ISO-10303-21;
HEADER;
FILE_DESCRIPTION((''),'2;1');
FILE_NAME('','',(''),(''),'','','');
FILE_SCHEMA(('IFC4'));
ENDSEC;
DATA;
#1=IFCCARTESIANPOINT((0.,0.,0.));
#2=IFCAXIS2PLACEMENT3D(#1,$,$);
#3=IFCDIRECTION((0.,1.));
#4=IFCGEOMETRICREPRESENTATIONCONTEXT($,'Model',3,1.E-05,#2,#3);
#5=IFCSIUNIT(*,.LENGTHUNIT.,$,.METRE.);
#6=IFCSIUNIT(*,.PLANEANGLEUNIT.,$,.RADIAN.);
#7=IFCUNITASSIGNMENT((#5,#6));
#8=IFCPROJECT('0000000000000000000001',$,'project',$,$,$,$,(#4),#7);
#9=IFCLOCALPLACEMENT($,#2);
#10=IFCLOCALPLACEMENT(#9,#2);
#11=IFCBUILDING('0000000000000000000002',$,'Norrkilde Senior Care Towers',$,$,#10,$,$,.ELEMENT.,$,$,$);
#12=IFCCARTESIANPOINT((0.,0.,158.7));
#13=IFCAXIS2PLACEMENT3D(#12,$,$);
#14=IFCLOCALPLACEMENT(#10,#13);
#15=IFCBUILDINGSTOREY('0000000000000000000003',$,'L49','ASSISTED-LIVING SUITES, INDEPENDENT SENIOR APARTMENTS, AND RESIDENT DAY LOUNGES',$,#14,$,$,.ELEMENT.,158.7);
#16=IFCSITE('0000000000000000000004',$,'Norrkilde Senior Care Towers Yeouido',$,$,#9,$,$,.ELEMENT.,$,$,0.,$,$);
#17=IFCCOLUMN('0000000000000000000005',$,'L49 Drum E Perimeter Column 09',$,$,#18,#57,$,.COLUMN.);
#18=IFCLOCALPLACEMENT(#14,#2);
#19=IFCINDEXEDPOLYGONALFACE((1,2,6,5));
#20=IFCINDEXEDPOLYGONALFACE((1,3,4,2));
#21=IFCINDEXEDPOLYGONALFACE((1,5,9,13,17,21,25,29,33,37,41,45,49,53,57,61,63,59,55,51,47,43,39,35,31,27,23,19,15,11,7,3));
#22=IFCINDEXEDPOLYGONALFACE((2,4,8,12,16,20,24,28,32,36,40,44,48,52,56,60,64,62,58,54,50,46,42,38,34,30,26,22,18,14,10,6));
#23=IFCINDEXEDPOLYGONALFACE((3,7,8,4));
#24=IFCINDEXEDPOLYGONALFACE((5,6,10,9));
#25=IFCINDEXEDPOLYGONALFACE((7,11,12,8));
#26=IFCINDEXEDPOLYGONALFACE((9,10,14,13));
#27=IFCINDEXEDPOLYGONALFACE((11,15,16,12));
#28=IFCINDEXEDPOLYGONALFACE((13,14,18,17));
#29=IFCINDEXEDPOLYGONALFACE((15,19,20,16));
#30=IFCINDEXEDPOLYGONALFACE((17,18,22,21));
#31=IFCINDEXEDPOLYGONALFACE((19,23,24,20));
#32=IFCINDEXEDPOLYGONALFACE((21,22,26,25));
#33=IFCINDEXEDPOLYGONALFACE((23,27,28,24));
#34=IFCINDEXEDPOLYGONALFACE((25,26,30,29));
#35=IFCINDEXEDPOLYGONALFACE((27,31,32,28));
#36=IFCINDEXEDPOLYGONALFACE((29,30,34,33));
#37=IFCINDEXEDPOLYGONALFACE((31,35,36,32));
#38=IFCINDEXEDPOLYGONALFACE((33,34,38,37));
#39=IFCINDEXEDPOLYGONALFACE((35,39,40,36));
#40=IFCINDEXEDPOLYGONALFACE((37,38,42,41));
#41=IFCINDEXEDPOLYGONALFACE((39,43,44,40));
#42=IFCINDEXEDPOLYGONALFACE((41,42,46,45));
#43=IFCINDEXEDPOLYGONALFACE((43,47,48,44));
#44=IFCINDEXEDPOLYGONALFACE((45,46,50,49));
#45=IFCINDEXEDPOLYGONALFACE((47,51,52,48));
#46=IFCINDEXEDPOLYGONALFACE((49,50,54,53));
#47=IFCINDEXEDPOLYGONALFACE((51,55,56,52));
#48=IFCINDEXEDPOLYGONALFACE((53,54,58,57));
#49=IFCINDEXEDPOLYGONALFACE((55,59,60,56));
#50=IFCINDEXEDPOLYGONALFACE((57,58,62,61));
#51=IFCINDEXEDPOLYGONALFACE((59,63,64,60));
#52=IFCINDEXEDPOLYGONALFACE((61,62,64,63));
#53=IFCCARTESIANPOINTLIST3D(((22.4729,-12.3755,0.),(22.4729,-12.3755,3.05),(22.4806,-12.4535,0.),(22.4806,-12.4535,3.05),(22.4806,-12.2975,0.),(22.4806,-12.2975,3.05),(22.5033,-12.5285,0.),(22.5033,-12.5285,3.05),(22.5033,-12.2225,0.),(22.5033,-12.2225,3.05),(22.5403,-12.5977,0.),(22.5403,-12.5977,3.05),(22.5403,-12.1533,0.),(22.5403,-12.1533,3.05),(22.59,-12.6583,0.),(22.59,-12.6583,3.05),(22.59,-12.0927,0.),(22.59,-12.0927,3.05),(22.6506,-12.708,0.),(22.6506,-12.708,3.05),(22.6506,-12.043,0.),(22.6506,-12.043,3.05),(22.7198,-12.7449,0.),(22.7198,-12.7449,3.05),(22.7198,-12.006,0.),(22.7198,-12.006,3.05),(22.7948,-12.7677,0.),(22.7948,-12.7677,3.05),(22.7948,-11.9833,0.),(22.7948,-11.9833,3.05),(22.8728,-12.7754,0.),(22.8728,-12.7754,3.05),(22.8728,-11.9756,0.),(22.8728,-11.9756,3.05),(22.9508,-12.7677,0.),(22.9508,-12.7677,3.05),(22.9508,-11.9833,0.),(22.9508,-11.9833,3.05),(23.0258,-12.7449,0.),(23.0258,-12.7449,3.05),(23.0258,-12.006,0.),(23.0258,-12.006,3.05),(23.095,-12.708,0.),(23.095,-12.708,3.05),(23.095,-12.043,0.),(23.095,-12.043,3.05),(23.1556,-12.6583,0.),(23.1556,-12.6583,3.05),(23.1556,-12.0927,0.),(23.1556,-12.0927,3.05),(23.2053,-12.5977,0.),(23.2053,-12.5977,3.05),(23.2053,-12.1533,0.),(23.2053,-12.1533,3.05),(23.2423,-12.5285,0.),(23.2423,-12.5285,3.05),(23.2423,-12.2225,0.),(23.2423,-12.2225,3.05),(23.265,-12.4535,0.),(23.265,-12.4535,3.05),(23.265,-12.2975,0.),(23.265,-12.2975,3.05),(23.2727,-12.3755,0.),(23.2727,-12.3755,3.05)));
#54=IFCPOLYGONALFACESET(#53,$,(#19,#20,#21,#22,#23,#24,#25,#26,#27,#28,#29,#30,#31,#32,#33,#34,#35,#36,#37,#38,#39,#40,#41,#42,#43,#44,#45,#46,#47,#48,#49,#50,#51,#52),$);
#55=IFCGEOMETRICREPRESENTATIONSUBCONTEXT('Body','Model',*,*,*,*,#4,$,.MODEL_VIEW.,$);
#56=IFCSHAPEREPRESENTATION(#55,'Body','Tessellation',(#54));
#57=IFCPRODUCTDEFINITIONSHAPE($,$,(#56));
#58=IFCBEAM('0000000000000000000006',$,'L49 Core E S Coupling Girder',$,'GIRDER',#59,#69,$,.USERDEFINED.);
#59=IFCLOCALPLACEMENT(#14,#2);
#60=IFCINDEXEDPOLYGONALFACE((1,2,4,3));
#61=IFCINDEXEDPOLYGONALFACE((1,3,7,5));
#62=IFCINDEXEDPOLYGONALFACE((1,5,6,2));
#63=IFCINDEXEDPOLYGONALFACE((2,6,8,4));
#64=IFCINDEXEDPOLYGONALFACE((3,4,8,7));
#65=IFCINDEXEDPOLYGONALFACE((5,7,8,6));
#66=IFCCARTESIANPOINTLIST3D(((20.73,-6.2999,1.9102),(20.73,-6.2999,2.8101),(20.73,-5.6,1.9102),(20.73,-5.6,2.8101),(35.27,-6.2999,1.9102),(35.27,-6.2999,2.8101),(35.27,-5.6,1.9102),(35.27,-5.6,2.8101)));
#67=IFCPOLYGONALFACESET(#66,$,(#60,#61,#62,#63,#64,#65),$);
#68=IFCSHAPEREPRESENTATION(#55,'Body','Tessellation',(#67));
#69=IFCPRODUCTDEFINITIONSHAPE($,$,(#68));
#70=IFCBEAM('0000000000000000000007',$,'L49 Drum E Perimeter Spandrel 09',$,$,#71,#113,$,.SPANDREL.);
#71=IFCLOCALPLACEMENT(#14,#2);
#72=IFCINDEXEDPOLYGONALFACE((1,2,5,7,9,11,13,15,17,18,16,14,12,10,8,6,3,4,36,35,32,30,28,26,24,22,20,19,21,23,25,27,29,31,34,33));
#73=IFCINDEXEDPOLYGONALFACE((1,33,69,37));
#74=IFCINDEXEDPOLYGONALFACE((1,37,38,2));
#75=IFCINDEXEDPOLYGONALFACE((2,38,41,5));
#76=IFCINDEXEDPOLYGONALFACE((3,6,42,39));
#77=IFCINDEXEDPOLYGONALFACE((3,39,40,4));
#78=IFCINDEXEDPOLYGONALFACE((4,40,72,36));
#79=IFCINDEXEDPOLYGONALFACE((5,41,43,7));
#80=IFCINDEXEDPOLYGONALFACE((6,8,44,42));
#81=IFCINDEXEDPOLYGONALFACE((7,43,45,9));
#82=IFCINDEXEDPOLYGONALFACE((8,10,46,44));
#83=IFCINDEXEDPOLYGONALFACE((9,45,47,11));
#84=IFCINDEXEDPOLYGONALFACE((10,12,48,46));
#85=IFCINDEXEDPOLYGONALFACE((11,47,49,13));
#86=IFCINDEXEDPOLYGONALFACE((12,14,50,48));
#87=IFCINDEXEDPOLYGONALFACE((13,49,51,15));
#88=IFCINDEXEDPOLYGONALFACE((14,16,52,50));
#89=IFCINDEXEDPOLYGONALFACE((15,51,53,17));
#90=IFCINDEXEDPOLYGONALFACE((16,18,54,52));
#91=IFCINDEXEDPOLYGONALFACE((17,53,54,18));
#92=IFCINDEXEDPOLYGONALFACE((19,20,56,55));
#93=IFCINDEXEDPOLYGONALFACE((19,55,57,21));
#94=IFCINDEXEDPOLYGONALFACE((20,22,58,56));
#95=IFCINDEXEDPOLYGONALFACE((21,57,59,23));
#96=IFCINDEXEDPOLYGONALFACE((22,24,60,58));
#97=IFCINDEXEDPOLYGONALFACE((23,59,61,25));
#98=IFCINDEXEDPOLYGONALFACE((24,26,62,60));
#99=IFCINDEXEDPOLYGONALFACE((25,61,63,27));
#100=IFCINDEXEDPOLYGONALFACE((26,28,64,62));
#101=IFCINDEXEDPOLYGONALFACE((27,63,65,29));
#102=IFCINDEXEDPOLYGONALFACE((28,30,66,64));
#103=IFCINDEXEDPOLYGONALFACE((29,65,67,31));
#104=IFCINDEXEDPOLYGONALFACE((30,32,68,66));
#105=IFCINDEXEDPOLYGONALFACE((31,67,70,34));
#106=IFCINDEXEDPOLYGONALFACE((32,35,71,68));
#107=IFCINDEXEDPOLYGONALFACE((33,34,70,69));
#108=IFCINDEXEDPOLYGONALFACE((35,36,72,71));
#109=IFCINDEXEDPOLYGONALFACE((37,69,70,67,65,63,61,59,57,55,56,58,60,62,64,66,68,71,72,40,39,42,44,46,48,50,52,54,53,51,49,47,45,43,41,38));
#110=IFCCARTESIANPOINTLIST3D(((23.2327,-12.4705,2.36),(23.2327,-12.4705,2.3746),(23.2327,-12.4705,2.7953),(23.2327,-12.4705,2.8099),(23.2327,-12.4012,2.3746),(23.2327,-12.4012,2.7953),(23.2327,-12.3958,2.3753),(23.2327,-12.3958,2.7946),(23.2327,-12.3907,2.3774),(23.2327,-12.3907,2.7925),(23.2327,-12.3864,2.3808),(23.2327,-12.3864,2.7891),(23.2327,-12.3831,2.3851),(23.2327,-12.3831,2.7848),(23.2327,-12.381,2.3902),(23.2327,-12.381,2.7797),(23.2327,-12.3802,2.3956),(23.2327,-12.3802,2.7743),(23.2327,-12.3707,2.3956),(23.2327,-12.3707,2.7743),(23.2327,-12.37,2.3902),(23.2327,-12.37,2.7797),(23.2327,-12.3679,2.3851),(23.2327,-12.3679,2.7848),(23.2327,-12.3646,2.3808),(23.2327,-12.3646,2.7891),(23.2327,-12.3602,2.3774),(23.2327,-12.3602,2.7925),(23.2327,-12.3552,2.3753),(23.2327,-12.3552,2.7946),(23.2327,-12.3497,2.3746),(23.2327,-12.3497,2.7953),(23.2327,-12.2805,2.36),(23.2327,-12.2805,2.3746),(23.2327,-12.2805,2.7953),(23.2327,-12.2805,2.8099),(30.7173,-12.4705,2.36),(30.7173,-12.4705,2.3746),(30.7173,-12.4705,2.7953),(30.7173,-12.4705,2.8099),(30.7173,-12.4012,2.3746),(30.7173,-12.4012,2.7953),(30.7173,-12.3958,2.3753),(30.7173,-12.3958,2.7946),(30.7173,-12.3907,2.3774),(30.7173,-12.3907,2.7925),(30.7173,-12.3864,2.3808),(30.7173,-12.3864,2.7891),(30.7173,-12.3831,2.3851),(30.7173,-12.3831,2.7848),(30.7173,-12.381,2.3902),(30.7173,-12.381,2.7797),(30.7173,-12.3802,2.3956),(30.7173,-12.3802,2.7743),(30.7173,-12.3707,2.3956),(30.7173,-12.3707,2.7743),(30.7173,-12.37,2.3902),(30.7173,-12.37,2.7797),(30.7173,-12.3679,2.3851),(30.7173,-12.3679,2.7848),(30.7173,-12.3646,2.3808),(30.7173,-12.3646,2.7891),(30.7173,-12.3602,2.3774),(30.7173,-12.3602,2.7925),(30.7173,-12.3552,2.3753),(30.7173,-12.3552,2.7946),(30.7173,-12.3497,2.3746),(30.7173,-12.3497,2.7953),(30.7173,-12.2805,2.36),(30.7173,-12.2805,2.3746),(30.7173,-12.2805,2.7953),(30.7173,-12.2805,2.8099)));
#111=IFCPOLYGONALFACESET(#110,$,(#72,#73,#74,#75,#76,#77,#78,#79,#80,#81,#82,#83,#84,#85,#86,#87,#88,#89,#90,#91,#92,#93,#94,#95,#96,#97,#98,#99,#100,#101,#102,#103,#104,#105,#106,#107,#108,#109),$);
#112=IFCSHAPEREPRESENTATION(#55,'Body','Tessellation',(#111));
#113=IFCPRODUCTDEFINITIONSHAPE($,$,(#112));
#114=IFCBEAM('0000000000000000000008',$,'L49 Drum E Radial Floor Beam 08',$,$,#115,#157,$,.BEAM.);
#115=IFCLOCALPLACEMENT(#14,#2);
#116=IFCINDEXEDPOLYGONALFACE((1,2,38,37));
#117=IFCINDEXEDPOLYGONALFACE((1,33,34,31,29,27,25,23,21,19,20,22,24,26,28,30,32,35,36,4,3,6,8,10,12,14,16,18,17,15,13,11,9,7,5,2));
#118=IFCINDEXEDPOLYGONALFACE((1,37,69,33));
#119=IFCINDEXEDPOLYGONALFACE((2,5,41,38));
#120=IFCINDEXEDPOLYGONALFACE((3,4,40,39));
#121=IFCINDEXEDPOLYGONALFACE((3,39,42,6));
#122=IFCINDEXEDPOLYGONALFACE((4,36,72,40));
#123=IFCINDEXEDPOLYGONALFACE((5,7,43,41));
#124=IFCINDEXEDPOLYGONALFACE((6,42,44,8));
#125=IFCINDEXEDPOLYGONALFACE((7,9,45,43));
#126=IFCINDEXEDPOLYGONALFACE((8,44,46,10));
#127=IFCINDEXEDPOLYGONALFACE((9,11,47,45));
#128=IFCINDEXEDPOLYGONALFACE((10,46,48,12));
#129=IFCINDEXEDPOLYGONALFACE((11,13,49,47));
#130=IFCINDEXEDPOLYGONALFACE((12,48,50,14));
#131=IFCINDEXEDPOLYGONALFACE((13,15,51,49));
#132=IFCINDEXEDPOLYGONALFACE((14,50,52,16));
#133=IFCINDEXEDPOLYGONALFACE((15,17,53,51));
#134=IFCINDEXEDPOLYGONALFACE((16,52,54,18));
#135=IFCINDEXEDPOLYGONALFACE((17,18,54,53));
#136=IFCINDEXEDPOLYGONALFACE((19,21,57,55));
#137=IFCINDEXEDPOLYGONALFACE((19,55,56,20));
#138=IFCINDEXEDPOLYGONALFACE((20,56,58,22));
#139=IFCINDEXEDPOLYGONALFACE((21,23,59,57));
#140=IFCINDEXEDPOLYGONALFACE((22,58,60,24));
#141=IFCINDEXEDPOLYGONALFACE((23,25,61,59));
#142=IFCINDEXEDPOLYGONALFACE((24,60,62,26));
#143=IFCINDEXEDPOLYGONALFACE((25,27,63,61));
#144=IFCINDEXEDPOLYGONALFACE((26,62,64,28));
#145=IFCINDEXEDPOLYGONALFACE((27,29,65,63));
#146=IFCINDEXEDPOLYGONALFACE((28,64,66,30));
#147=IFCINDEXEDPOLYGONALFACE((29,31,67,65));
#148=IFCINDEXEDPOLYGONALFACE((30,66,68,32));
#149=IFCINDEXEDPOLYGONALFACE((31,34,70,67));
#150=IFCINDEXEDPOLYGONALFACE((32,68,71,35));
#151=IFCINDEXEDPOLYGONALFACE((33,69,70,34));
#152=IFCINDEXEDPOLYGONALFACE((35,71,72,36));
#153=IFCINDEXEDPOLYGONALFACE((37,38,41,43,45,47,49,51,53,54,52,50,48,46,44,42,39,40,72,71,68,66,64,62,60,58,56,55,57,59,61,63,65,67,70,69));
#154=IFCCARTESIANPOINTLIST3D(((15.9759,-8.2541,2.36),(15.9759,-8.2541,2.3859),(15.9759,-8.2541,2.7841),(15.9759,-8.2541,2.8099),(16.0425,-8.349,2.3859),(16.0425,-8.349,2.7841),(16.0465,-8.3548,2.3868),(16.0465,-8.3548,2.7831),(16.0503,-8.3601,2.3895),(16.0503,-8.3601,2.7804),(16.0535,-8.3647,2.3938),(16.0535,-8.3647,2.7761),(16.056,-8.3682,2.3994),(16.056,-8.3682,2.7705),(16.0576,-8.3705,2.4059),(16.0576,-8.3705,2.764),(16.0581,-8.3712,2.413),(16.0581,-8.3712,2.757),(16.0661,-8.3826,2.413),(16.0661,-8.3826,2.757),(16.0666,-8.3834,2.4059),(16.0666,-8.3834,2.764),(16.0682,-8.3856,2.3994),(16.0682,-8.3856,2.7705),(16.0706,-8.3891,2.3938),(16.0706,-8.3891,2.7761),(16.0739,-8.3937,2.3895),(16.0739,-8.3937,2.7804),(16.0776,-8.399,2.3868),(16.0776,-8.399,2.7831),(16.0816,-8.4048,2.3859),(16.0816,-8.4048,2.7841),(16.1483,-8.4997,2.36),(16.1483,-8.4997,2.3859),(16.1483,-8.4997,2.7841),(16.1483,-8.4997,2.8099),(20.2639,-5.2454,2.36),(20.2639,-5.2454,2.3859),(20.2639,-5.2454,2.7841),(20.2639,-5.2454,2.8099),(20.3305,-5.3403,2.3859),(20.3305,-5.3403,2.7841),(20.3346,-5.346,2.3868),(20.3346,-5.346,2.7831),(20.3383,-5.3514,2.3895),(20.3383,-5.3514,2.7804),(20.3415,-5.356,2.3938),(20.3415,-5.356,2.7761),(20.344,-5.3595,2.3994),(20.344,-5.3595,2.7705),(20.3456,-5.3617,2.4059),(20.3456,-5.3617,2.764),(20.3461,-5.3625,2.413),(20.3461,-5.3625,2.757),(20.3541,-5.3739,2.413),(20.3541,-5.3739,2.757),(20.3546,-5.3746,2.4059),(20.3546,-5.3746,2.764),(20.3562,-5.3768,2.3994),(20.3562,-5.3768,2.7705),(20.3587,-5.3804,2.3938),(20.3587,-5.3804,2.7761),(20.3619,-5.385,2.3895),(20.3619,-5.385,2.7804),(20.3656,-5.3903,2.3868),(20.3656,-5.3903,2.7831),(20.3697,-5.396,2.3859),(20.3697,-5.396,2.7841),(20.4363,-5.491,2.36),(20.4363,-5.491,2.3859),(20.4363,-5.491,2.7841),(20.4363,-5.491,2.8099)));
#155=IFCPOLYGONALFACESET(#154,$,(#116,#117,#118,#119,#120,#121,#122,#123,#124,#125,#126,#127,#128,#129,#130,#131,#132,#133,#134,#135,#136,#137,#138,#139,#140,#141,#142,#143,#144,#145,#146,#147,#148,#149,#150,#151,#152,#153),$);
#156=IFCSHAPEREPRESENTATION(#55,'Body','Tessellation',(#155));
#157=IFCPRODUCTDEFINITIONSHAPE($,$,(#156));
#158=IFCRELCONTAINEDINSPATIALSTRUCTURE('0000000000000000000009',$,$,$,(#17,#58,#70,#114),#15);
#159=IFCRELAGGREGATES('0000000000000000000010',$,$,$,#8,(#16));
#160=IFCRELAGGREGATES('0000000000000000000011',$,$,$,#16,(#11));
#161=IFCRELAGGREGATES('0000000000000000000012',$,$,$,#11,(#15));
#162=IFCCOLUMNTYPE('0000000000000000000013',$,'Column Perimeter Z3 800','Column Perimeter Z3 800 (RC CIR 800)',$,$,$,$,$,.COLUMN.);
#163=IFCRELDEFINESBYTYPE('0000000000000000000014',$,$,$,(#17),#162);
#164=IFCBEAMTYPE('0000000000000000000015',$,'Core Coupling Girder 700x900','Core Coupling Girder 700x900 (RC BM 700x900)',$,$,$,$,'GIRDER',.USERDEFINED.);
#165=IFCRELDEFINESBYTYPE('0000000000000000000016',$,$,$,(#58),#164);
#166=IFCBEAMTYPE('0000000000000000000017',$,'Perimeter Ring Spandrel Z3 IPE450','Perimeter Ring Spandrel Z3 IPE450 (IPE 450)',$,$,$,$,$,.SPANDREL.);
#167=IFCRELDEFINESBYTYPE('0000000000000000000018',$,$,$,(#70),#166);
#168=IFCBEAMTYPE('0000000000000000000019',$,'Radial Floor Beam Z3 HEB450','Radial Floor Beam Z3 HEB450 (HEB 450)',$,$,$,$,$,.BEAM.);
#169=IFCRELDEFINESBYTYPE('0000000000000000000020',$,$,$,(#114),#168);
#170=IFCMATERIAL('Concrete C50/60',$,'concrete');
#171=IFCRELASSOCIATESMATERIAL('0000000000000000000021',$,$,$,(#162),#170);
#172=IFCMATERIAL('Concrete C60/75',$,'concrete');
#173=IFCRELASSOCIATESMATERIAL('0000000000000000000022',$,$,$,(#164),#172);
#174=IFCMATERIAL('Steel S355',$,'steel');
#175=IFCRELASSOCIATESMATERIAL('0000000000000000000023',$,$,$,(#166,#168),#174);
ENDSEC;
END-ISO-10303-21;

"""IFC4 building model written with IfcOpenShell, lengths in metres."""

from ifc_helpers import new_model, si_unit, direction, frame, origin, origin_2d, place, context, subcontext, project, spatial, rectangle, circle, i_section, extrude, source, transform, mapped, material, material_profile, profile_set, type_object, type_shapes, element, save


model = new_model("IFC4")

# Units and contexts
model_context = context("Model", 3, precision=1e-05, world=origin(), true_north=direction((0.0, 1.0)))
body_context = subcontext(model_context, "Body", "Model", "MODEL_VIEW")
ifc_project = project(units=[si_unit("LENGTHUNIT", "METRE"), si_unit("PLANEANGLEUNIT", "RADIAN")], contexts=[model_context])

# Site, building, storey
site_placement = place(None, origin())
site = spatial("IfcSite", under=ifc_project, at=site_placement, Name="Norrkilde Senior Care Towers Yeouido", CompositionType="ELEMENT", RefElevation=0.0)
building_placement = place(site_placement, origin())
building = spatial("IfcBuilding", under=site, at=building_placement, Name="Norrkilde Senior Care Towers", CompositionType="ELEMENT")
storey_placement = place(building_placement, frame((0.0, 0.0, 158.7)))
storey = spatial("IfcBuildingStorey", under=building, at=storey_placement, Name="L49", Description="ASSISTED-LIVING SUITES, INDEPENDENT SENIOR APARTMENTS, AND RESIDENT DAY LOUNGES", CompositionType="ELEMENT", Elevation=158.7)

# Column
ifc_material_1 = material(Name="Concrete C50/60", Category="concrete")
ifc_material_profile_1 = material_profile(ifc_material_1, circle(Radius=0.3999, at=origin_2d()), Name="RC CIR 800")
ifc_profile_set_1 = profile_set([ifc_material_profile_1], Name="Concrete C50/60")
column_type = type_object("IfcColumnType", Name="Column Perimeter Z3 800", Description="Column Perimeter Z3 800 (RC CIR 800)", PredefinedType="COLUMN", material=ifc_profile_set_1)
shared_shape_1 = source(origin(), body_context, "Body", "SweptSolid", [
    extrude(circle(Radius=0.3999, at=origin_2d()), origin(), (0.0, 0.0, 1.0), 3.05),
])
type_shapes(column_type, [shared_shape_1])
column_placement = place(storey_placement, frame((22.8728, -12.3755, 0.0), z_axis=(0.0, 0.0, 1.0), x_axis=(1.0, 0.0, 0.0)))
element("IfcColumn", 1, at=column_placement, inside=storey, type_object=column_type, Name="L49 Drum E Perimeter Column 09", PredefinedType="COLUMN", context=body_context, shape_type="MappedRepresentation", body=[
    mapped(shared_shape_1, transform((0.0, 0.0, 0.0), x_axis=(1.0, 0.0, 0.0), y_axis=(0.0, 1.0, 0.0), z_axis=(0.0, 0.0, 1.0), scale=1.0)),
])

# Beams
ifc_material_2 = material(Name="Concrete C60/75", Category="concrete")
ifc_material_profile_2 = material_profile(ifc_material_2, rectangle(XDim=0.7, YDim=0.8999, at=origin_2d()), Name="RC BM 700x900")
ifc_profile_set_2 = profile_set([ifc_material_profile_2], Name="Concrete C60/75")
beam_type_1 = type_object("IfcBeamType", Name="Core Coupling Girder 700x900", Description="Core Coupling Girder 700x900 (RC BM 700x900)", ElementType="GIRDER", PredefinedType="USERDEFINED", material=ifc_profile_set_2)
shared_shape_2 = source(origin(), body_context, "Body", "SweptSolid", [
    extrude(rectangle(XDim=0.7, YDim=0.8999, at=origin_2d()), origin(), (0.0, 0.0, 1.0), 14.54),
])
type_shapes(beam_type_1, [shared_shape_2])
beam_1_placement = place(storey_placement, frame((20.73, -5.95, 2.3601), z_axis=(1.0, 0.0, 0.0), x_axis=(0.0, 1.0, 0.0)))
element("IfcBeam", 2, at=beam_1_placement, inside=storey, type_object=beam_type_1, Name="L49 Core E S Coupling Girder", ObjectType="GIRDER", PredefinedType="USERDEFINED", context=body_context, shape_type="MappedRepresentation", body=[
    mapped(shared_shape_2, transform((0.0, 0.0, 0.0), x_axis=(1.0, 0.0, 0.0), y_axis=(0.0, 1.0, 0.0), z_axis=(0.0, 0.0, 1.0), scale=1.0)),
])
ifc_material_3 = material(Name="Steel S355", Category="steel")
ifc_material_profile_3 = material_profile(ifc_material_3, i_section(OverallWidth=0.1899, OverallDepth=0.45, WebThickness=0.0095, FlangeThickness=0.0146, FilletRadius=0.021, at=origin_2d()), Name="IPE 450")
ifc_profile_set_3 = profile_set([ifc_material_profile_3], Name="Steel S355")
beam_type_2 = type_object("IfcBeamType", Name="Perimeter Ring Spandrel Z3 IPE450", Description="Perimeter Ring Spandrel Z3 IPE450 (IPE 450)", PredefinedType="SPANDREL", material=ifc_profile_set_3)
shared_shape_3 = source(origin(), body_context, "Body", "SweptSolid", [
    extrude(i_section(OverallWidth=0.1899, OverallDepth=0.45, WebThickness=0.0095, FlangeThickness=0.0146, FilletRadius=0.021, at=origin_2d()), origin(), (0.0, 0.0, 1.0), 7.4846),
])
type_shapes(beam_type_2, [shared_shape_3])
beam_2_placement = place(storey_placement, frame((23.2327, -12.3755, 2.585), z_axis=(1.0, 0.0, 0.0), x_axis=(0.0, 1.0, 0.0)))
element("IfcBeam", 3, at=beam_2_placement, inside=storey, type_object=beam_type_2, Name="L49 Drum E Perimeter Spandrel 09", PredefinedType="SPANDREL", context=body_context, shape_type="MappedRepresentation", body=[
    mapped(shared_shape_3, transform((0.0, 0.0, 0.0), x_axis=(1.0, 0.0, 0.0), y_axis=(0.0, 1.0, 0.0), z_axis=(0.0, 0.0, 1.0), scale=1.0)),
])
ifc_material_profile_4 = material_profile(ifc_material_3, i_section(OverallWidth=0.3, OverallDepth=0.45, WebThickness=0.0139, FlangeThickness=0.0259, FilletRadius=0.0271, at=origin_2d()), Name="HEB 450")
ifc_profile_set_4 = profile_set([ifc_material_profile_4], Name="Steel S355")
beam_type_3 = type_object("IfcBeamType", Name="Radial Floor Beam Z3 HEB450", Description="Radial Floor Beam Z3 HEB450 (HEB 450)", PredefinedType="BEAM", material=ifc_profile_set_4)
shared_shape_4 = source(origin(), body_context, "Body", "SweptSolid", [
    extrude(i_section(OverallWidth=0.3, OverallDepth=0.45, WebThickness=0.0139, FlangeThickness=0.0259, FilletRadius=0.0271, at=origin_2d()), origin(), (0.0, 0.0, 1.0), 5.2383),
])
beam_3_placement = place(storey_placement, frame((20.3501, -5.3682, 2.585), z_axis=(-0.818592, -0.574375, 0.0), x_axis=(0.574375, -0.818592, 0.0)))
element("IfcBeam", 4, at=beam_3_placement, inside=storey, type_object=beam_type_3, Name="L49 Drum E Radial Floor Beam 08", PredefinedType="BEAM", context=body_context, shape_type="MappedRepresentation", body=[
    mapped(shared_shape_4, transform((0.0, 0.0, 0.0), x_axis=(1.0, 0.0, 0.0), y_axis=(0.0, 1.0, 0.0), z_axis=(0.0, 0.0, 1.0), scale=1.0)),
])

save(model, "model.ifc")
